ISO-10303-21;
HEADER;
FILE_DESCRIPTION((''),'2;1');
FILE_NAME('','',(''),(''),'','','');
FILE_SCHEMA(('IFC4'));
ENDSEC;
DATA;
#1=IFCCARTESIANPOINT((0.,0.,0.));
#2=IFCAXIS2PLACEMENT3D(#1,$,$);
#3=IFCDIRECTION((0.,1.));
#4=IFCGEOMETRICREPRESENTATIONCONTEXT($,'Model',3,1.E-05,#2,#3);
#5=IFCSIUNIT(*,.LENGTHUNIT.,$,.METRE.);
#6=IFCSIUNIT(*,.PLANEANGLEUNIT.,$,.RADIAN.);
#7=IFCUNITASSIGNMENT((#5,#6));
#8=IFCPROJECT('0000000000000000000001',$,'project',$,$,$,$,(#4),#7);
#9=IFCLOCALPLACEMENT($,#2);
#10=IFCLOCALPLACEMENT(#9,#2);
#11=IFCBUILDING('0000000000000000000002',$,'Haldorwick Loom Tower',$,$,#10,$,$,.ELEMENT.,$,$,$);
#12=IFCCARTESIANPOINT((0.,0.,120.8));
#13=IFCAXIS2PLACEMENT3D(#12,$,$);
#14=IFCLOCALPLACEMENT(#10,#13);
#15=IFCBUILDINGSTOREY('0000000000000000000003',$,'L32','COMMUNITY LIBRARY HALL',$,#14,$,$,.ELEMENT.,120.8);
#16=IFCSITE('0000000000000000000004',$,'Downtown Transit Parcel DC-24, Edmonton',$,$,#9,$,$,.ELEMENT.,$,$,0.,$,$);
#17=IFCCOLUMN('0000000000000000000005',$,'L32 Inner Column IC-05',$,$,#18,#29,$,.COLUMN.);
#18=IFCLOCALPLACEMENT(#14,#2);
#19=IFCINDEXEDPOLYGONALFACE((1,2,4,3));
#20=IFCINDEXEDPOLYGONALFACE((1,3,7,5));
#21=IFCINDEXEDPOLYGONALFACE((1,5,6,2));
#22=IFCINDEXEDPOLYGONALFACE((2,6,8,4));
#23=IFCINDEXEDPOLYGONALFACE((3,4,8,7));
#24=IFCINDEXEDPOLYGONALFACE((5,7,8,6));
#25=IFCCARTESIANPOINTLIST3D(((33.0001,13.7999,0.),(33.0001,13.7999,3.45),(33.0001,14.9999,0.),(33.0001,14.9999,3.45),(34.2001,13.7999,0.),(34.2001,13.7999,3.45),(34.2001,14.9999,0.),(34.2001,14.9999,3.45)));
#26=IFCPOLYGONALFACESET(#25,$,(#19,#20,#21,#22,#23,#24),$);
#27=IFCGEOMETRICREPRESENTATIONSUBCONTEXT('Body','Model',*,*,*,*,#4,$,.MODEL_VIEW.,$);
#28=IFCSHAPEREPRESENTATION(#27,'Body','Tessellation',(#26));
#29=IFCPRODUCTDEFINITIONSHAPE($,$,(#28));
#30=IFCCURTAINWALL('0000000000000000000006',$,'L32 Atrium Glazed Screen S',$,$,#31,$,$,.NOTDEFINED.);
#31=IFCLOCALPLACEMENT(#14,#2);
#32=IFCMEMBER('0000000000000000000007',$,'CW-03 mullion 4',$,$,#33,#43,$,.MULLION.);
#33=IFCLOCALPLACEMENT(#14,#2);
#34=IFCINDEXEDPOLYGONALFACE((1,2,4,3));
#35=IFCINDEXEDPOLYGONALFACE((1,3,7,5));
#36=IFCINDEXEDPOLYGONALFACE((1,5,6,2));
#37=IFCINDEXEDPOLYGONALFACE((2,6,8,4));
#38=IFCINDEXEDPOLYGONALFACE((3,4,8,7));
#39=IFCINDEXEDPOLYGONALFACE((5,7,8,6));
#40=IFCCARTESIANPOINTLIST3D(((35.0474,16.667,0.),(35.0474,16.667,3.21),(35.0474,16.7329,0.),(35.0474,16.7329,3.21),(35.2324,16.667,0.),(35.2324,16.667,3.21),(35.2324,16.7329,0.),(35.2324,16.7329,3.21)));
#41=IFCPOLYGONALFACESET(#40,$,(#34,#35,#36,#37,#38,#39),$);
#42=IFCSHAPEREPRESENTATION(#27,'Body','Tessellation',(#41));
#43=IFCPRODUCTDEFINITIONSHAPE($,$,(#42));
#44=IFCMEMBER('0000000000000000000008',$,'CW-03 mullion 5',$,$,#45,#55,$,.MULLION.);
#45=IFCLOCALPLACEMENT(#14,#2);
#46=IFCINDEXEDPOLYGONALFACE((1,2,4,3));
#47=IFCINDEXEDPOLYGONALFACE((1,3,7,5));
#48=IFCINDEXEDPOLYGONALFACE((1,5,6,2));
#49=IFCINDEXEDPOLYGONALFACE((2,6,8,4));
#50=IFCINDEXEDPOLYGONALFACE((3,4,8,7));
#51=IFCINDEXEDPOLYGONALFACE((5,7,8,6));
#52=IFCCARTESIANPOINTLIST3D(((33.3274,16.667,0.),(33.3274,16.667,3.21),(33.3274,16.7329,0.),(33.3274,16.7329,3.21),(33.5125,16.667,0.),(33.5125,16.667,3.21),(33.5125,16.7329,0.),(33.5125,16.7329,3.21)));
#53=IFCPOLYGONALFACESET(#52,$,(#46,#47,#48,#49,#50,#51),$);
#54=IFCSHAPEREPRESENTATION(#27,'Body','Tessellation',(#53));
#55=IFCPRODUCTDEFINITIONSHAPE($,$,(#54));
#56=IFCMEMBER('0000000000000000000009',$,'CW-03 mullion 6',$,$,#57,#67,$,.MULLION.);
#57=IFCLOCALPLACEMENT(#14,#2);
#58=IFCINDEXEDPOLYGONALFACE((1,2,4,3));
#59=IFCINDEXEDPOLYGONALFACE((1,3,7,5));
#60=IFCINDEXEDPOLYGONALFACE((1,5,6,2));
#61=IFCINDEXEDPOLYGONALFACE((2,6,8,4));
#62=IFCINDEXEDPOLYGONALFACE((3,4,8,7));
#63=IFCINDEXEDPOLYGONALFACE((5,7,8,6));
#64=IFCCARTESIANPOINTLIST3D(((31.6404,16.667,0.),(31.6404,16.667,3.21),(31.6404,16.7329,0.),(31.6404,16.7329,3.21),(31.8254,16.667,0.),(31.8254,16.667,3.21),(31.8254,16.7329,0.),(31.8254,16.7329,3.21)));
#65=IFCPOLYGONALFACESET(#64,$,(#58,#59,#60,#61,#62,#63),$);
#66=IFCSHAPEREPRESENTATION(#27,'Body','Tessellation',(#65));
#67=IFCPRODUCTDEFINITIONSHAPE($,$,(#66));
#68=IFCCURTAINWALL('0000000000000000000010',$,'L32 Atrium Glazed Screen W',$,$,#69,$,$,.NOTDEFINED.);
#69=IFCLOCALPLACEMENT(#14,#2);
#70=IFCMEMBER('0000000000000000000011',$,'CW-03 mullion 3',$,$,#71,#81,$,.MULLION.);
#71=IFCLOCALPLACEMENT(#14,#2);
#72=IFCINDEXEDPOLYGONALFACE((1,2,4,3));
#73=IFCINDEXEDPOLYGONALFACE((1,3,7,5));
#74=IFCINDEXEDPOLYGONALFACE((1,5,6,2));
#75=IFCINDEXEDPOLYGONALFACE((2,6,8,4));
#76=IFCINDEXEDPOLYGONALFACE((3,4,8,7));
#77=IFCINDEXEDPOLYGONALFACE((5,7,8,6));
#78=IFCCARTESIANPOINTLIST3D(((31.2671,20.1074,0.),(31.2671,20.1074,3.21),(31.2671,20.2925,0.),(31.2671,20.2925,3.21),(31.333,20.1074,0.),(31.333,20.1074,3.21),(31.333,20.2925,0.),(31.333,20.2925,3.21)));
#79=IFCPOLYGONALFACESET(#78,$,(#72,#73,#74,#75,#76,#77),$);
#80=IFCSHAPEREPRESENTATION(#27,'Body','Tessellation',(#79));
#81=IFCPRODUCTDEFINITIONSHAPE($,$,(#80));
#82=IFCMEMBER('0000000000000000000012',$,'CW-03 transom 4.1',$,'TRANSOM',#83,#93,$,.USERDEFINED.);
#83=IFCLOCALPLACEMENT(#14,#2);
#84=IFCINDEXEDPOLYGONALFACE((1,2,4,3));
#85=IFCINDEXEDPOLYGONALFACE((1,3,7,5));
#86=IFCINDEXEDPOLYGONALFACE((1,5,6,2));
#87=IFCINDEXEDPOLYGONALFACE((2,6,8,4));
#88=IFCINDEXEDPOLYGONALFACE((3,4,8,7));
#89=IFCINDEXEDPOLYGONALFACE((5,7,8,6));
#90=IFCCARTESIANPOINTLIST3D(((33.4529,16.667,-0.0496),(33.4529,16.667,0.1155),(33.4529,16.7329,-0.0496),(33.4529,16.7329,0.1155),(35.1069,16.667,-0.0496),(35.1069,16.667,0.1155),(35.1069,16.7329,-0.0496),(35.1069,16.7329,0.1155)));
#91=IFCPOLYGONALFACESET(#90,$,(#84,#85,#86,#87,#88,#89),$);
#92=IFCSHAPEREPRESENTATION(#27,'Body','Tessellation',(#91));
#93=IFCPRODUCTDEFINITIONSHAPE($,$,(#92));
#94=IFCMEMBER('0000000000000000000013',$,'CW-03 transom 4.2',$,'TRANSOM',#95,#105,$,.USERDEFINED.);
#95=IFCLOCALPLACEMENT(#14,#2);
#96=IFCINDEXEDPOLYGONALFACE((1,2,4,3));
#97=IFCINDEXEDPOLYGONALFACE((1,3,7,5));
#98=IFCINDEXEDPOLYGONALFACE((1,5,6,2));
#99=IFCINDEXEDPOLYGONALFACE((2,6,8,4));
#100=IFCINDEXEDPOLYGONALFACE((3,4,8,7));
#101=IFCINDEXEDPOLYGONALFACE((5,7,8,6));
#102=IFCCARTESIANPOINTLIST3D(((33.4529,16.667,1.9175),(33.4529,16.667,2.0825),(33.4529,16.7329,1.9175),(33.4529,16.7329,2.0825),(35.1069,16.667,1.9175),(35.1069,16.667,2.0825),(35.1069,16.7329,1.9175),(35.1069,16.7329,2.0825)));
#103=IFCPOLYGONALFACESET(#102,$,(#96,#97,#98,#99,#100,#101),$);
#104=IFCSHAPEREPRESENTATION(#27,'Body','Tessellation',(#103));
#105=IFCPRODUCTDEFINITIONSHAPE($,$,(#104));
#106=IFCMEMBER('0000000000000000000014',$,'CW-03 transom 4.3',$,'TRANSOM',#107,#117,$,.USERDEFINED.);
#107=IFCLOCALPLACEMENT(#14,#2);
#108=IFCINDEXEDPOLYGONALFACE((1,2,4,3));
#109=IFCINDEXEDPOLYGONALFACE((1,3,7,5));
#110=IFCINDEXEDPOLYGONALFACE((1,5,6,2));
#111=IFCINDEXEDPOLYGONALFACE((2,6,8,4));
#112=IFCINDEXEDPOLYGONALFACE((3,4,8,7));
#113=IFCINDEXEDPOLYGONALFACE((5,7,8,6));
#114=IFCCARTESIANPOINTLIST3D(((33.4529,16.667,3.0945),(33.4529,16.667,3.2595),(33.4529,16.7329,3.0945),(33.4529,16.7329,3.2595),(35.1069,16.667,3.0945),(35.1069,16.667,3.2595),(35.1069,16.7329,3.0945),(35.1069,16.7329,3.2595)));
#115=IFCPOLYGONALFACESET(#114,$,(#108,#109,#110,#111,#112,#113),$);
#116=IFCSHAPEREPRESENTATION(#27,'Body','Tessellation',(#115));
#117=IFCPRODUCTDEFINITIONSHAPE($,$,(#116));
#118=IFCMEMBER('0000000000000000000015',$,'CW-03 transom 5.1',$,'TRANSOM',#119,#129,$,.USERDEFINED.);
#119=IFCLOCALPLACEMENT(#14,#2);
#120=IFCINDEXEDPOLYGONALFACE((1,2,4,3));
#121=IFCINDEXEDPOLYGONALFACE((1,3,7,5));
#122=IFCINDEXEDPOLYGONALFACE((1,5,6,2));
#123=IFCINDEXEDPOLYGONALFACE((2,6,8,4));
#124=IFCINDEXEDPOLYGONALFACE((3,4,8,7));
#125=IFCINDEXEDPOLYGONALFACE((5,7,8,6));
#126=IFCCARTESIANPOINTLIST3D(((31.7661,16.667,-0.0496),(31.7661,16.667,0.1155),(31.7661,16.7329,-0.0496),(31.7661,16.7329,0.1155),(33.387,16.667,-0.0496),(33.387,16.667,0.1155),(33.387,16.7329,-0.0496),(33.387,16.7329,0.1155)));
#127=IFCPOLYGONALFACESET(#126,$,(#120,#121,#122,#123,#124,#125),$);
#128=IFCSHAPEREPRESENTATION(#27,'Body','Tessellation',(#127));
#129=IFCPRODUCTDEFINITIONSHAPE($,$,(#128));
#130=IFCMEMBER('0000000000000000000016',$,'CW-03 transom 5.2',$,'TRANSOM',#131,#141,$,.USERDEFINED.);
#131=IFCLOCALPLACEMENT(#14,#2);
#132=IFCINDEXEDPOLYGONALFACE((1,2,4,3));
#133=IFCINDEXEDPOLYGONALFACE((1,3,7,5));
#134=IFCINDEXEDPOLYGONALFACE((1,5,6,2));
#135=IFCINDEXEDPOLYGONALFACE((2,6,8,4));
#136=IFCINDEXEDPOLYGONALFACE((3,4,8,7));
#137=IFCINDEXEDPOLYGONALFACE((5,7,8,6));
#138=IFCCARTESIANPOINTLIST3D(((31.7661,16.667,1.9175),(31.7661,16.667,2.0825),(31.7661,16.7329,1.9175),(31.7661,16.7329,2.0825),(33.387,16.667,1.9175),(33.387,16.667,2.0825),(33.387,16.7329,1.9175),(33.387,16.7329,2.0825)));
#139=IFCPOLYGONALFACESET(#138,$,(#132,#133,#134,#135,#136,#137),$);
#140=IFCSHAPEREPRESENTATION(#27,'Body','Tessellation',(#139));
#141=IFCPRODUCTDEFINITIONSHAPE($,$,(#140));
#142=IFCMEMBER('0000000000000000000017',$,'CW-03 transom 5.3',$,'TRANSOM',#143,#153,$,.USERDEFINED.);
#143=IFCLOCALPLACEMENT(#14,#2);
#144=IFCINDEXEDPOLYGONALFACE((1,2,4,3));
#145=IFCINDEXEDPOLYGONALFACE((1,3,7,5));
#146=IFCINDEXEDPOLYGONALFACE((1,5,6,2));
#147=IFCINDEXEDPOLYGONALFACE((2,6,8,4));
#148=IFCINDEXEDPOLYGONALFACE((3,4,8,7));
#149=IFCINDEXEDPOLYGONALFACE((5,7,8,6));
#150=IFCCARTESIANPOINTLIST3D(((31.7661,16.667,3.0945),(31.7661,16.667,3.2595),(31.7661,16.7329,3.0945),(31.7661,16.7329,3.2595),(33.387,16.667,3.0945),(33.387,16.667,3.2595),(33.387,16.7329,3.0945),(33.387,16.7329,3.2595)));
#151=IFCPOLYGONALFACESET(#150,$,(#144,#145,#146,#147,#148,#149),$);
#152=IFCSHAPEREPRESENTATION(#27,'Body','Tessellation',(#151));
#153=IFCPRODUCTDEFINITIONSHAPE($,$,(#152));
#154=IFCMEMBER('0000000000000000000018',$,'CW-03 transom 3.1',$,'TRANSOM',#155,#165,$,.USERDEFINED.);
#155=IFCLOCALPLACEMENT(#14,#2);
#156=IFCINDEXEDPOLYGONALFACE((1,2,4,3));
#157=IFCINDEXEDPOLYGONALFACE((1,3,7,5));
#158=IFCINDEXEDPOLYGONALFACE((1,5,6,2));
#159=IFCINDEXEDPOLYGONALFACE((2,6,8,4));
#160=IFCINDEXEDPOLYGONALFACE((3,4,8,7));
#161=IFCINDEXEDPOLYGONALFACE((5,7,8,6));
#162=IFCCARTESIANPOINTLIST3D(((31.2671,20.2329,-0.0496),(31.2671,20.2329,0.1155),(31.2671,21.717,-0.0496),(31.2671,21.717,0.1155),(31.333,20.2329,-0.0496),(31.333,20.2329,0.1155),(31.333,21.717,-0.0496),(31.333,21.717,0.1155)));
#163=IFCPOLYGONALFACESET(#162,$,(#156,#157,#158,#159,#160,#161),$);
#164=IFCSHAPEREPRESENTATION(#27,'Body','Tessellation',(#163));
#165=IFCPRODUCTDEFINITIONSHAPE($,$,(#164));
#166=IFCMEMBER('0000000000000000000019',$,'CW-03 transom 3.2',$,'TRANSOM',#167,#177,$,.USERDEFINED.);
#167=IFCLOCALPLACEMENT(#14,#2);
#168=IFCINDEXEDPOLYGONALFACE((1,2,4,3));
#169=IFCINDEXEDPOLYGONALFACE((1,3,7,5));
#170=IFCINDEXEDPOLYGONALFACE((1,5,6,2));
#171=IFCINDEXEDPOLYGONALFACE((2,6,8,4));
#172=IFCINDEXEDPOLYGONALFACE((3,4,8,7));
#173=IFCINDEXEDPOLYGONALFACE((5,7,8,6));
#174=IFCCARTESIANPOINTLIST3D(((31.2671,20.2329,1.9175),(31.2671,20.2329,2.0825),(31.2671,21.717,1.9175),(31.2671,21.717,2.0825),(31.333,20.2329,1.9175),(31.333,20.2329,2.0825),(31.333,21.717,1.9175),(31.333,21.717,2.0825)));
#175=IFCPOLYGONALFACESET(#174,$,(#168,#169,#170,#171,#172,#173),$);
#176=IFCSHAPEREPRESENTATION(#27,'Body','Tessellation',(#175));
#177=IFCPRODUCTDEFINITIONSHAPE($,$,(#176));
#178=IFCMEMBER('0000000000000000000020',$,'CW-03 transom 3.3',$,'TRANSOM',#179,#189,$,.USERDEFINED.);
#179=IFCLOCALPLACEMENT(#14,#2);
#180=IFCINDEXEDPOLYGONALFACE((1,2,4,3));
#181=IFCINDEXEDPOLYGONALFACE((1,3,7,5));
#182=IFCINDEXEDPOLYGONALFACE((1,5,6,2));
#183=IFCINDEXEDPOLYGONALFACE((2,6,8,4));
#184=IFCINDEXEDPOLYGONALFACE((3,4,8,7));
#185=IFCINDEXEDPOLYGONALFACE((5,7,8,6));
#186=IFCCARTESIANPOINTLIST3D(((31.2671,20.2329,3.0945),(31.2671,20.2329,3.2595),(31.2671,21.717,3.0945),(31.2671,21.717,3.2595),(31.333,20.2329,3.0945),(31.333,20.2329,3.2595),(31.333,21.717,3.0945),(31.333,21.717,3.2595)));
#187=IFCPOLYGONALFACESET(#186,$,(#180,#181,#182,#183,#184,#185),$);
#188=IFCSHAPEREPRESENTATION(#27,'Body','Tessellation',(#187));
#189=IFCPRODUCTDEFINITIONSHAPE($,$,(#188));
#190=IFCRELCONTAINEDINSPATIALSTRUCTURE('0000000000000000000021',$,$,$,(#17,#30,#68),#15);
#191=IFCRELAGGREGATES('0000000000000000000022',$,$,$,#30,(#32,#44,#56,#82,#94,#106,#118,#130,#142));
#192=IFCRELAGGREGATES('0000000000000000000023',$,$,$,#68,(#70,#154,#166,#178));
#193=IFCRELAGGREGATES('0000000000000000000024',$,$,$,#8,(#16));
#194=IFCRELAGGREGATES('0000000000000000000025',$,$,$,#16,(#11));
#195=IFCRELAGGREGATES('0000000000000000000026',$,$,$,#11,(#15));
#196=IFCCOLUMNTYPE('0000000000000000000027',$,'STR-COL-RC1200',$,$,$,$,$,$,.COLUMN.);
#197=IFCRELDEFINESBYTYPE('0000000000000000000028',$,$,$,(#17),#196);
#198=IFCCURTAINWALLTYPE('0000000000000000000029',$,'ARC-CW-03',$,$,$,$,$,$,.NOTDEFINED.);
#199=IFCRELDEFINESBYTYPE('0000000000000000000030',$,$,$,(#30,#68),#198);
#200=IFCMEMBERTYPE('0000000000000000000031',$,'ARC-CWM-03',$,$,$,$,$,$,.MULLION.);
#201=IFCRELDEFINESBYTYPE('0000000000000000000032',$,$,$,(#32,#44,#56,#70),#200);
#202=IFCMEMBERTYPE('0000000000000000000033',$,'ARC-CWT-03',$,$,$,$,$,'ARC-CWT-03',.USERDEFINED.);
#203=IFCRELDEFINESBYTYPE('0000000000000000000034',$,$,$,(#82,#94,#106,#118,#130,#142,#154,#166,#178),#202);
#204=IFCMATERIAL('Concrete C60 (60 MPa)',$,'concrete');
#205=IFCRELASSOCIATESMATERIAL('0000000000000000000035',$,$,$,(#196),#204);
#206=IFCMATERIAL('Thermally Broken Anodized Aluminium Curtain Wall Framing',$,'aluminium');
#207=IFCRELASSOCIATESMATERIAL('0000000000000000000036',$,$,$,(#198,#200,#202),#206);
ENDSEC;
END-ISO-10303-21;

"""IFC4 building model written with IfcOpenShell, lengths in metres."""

from ifc_helpers import new_model, si_unit, direction, frame, origin, origin_2d, place, context, subcontext, project, spatial, rectangle, extrude, material, material_profile, profile_set, type_object, element, aggregate, save


model = new_model("IFC4")

# Units and contexts
model_context = context("Model", 3, precision=1e-05, world=origin(), true_north=direction((0.0, 1.0)))
body_context = subcontext(model_context, "Body", "Model", "MODEL_VIEW")
ifc_project = project(units=[si_unit("LENGTHUNIT", "METRE"), si_unit("PLANEANGLEUNIT", "RADIAN")], contexts=[model_context])

# Site, building, storey
site_placement = place(None, origin())
site = spatial("IfcSite", under=ifc_project, at=site_placement, Name="Downtown Transit Parcel DC-24, Edmonton", CompositionType="ELEMENT", RefElevation=0.0)
building_placement = place(site_placement, origin())
building = spatial("IfcBuilding", under=site, at=building_placement, Name="Haldorwick Loom Tower", CompositionType="ELEMENT")
storey_placement = place(building_placement, frame((0.0, 0.0, 120.8)))
storey = spatial("IfcBuildingStorey", under=building, at=storey_placement, Name="L32", Description="COMMUNITY LIBRARY HALL", CompositionType="ELEMENT", Elevation=120.8)

# Column
ifc_material_1 = material(Name="Concrete C60 (60 MPa)", Category="concrete")
ifc_material_profile_1 = material_profile(ifc_material_1, rectangle(XDim=1.2, YDim=1.2, at=origin_2d()), Name="RC1200X1200", Category="concrete")
ifc_profile_set_1 = profile_set([ifc_material_profile_1], Name="Concrete C60 (60 MPa)")
column_type = type_object("IfcColumnType", Name="STR-COL-RC1200", PredefinedType="COLUMN", material=ifc_profile_set_1)
column_placement = place(storey_placement, frame((33.6001, 14.3999, 0.0), z_axis=(0.0, 0.0, 1.0), x_axis=(1.0, 0.0, 0.0)))
element("IfcColumn", 1, at=column_placement, inside=storey, type_object=column_type, Name="L32 Inner Column IC-05", PredefinedType="COLUMN", context=body_context, shape_type="SweptSolid", body=[
    extrude(rectangle(XDim=1.2, YDim=1.2, at=origin_2d()), origin(), (0.0, 0.0, 1.0), 3.45),
])

# Curtain wall, members
ifc_material_2 = material(Name="Thermally Broken Anodized Aluminium Curtain Wall Framing", Category="aluminium")
curtain_wall_type = type_object("IfcCurtainWallType", Name="ARC-CW-03", PredefinedType="NOTDEFINED", material=ifc_material_2)
curtain_wall_1_placement = place(storey_placement, origin())
curtain_wall_1 = element("IfcCurtainWall", 2, at=curtain_wall_1_placement, inside=storey, type_object=curtain_wall_type, Name="L32 Atrium Glazed Screen S", PredefinedType="NOTDEFINED")
ifc_material_profile_2 = material_profile(ifc_material_2, rectangle(XDim=0.0659, YDim=0.1851, at=origin_2d()), Name="ALU_MUL_66X185", Category="aluminium")
ifc_profile_set_2 = profile_set([ifc_material_profile_2], Name="Thermally Broken Anodized Aluminium Curtain Wall Framing")
member_type_1 = type_object("IfcMemberType", Name="ARC-CWM-03", PredefinedType="MULLION", material=ifc_profile_set_2)
member_1_placement = place(storey_placement, frame((35.1399, 16.7, 0.0), z_axis=(0.0, 0.0, 1.0), x_axis=(0.0, -1.0, 0.0)))
member_1 = element("IfcMember", 3, at=member_1_placement, type_object=member_type_1, Name="CW-03 mullion 4", PredefinedType="MULLION", context=body_context, shape_type="SweptSolid", body=[
    extrude(rectangle(XDim=0.0659, YDim=0.1851, at=origin_2d()), origin(), (0.0, 0.0, 1.0), 3.21),
])
member_2_placement = place(storey_placement, frame((33.4199, 16.7, 0.0), z_axis=(0.0, 0.0, 1.0), x_axis=(0.0, -1.0, 0.0)))
member_2 = element("IfcMember", 4, at=member_2_placement, type_object=member_type_1, Name="CW-03 mullion 5", PredefinedType="MULLION", context=body_context, shape_type="SweptSolid", body=[
    extrude(rectangle(XDim=0.0659, YDim=0.1851, at=origin_2d()), origin(), (0.0, 0.0, 1.0), 3.21),
])
member_3_placement = place(storey_placement, frame((31.7329, 16.7, 0.0), z_axis=(0.0, 0.0, 1.0), x_axis=(0.0, -1.0, 0.0)))
member_3 = element("IfcMember", 5, at=member_3_placement, type_object=member_type_1, Name="CW-03 mullion 6", PredefinedType="MULLION", context=body_context, shape_type="SweptSolid", body=[
    extrude(rectangle(XDim=0.0659, YDim=0.1851, at=origin_2d()), origin(), (0.0, 0.0, 1.0), 3.21),
])

# Curtain wall, member
curtain_wall_2_placement = place(storey_placement, origin())
curtain_wall_2 = element("IfcCurtainWall", 6, at=curtain_wall_2_placement, inside=storey, type_object=curtain_wall_type, Name="L32 Atrium Glazed Screen W", PredefinedType="NOTDEFINED")
member_4_placement = place(storey_placement, frame((31.3, 20.2, 0.0), z_axis=(0.0, 0.0, 1.0), x_axis=(-1.0, 0.0, 0.0)))
member_4 = element("IfcMember", 7, at=member_4_placement, type_object=member_type_1, Name="CW-03 mullion 3", PredefinedType="MULLION", context=body_context, shape_type="SweptSolid", body=[
    extrude(rectangle(XDim=0.0659, YDim=0.1851, at=origin_2d()), origin(), (0.0, 0.0, 1.0), 3.21),
])

# Members
ifc_material_profile_3 = material_profile(ifc_material_2, rectangle(XDim=0.0659, YDim=0.165, at=origin_2d()), Name="ALU_TRN_66X165", Category="aluminium")
ifc_profile_set_3 = profile_set([ifc_material_profile_3], Name="Thermally Broken Anodized Aluminium Curtain Wall Framing")
member_type_2 = type_object("IfcMemberType", Name="ARC-CWT-03", ElementType="ARC-CWT-03", PredefinedType="USERDEFINED", material=ifc_profile_set_3)
member_5_placement = place(storey_placement, frame((35.1069, 16.7, 0.033), z_axis=(-1.0, 0.0, 0.0), x_axis=(0.0, -1.0, 0.0)))
member_5 = element("IfcMember", 8, at=member_5_placement, type_object=member_type_2, Name="CW-03 transom 4.1", ObjectType="TRANSOM", PredefinedType="USERDEFINED", context=body_context, shape_type="SweptSolid", body=[
    extrude(rectangle(XDim=0.0659, YDim=0.165, at=origin_2d()), origin(), (0.0, 0.0, 1.0), 1.6541),
])
member_6_placement = place(storey_placement, frame((35.1069, 16.7, 2.0), z_axis=(-1.0, 0.0, 0.0), x_axis=(0.0, -1.0, 0.0)))
member_6 = element("IfcMember", 9, at=member_6_placement, type_object=member_type_2, Name="CW-03 transom 4.2", ObjectType="TRANSOM", PredefinedType="USERDEFINED", context=body_context, shape_type="SweptSolid", body=[
    extrude(rectangle(XDim=0.0659, YDim=0.165, at=origin_2d()), origin(), (0.0, 0.0, 1.0), 1.6541),
])
member_7_placement = place(storey_placement, frame((35.1069, 16.7, 3.177), z_axis=(-1.0, 0.0, 0.0), x_axis=(0.0, -1.0, 0.0)))
member_7 = element("IfcMember", 10, at=member_7_placement, type_object=member_type_2, Name="CW-03 transom 4.3", ObjectType="TRANSOM", PredefinedType="USERDEFINED", context=body_context, shape_type="SweptSolid", body=[
    extrude(rectangle(XDim=0.0659, YDim=0.165, at=origin_2d()), origin(), (0.0, 0.0, 1.0), 1.6541),
])
member_8_placement = place(storey_placement, frame((33.387, 16.7, 0.033), z_axis=(-1.0, 0.0, 0.0), x_axis=(0.0, -1.0, 0.0)))
member_8 = element("IfcMember", 11, at=member_8_placement, type_object=member_type_2, Name="CW-03 transom 5.1", ObjectType="TRANSOM", PredefinedType="USERDEFINED", context=body_context, shape_type="SweptSolid", body=[
    extrude(rectangle(XDim=0.0659, YDim=0.165, at=origin_2d()), origin(), (0.0, 0.0, 1.0), 1.6208),
])
member_9_placement = place(storey_placement, frame((33.387, 16.7, 2.0), z_axis=(-1.0, 0.0, 0.0), x_axis=(0.0, -1.0, 0.0)))
member_9 = element("IfcMember", 12, at=member_9_placement, type_object=member_type_2, Name="CW-03 transom 5.2", ObjectType="TRANSOM", PredefinedType="USERDEFINED", context=body_context, shape_type="SweptSolid", body=[
    extrude(rectangle(XDim=0.0659, YDim=0.165, at=origin_2d()), origin(), (0.0, 0.0, 1.0), 1.6208),
])
member_10_placement = place(storey_placement, frame((33.387, 16.7, 3.177), z_axis=(-1.0, 0.0, 0.0), x_axis=(0.0, -1.0, 0.0)))
member_10 = element("IfcMember", 13, at=member_10_placement, type_object=member_type_2, Name="CW-03 transom 5.3", ObjectType="TRANSOM", PredefinedType="USERDEFINED", context=body_context, shape_type="SweptSolid", body=[
    extrude(rectangle(XDim=0.0659, YDim=0.165, at=origin_2d()), origin(), (0.0, 0.0, 1.0), 1.6208),
])
member_11_placement = place(storey_placement, frame((31.3, 20.2329, 0.033), z_axis=(0.0, 1.0, 0.0), x_axis=(-1.0, 0.0, 0.0)))
member_11 = element("IfcMember", 14, at=member_11_placement, type_object=member_type_2, Name="CW-03 transom 3.1", ObjectType="TRANSOM", PredefinedType="USERDEFINED", context=body_context, shape_type="SweptSolid", body=[
    extrude(rectangle(XDim=0.0659, YDim=0.165, at=origin_2d()), origin(), (0.0, 0.0, 1.0), 1.4841),
])
member_12_placement = place(storey_placement, frame((31.3, 20.2329, 2.0), z_axis=(0.0, 1.0, 0.0), x_axis=(-1.0, 0.0, 0.0)))
member_12 = element("IfcMember", 15, at=member_12_placement, type_object=member_type_2, Name="CW-03 transom 3.2", ObjectType="TRANSOM", PredefinedType="USERDEFINED", context=body_context, shape_type="SweptSolid", body=[
    extrude(rectangle(XDim=0.0659, YDim=0.165, at=origin_2d()), origin(), (0.0, 0.0, 1.0), 1.4841),
])
member_13_placement = place(storey_placement, frame((31.3, 20.2329, 3.177), z_axis=(0.0, 1.0, 0.0), x_axis=(-1.0, 0.0, 0.0)))
member_13 = element("IfcMember", 16, at=member_13_placement, type_object=member_type_2, Name="CW-03 transom 3.3", ObjectType="TRANSOM", PredefinedType="USERDEFINED", context=body_context, shape_type="SweptSolid", body=[
    extrude(rectangle(XDim=0.0659, YDim=0.165, at=origin_2d()), origin(), (0.0, 0.0, 1.0), 1.4841),
])

aggregate(curtain_wall_1, [member_1, member_2, member_3, member_5, member_6, member_7, member_8, member_9, member_10])
aggregate(curtain_wall_2, [member_4, member_11, member_12, member_13])

save(model, "model.ifc")
